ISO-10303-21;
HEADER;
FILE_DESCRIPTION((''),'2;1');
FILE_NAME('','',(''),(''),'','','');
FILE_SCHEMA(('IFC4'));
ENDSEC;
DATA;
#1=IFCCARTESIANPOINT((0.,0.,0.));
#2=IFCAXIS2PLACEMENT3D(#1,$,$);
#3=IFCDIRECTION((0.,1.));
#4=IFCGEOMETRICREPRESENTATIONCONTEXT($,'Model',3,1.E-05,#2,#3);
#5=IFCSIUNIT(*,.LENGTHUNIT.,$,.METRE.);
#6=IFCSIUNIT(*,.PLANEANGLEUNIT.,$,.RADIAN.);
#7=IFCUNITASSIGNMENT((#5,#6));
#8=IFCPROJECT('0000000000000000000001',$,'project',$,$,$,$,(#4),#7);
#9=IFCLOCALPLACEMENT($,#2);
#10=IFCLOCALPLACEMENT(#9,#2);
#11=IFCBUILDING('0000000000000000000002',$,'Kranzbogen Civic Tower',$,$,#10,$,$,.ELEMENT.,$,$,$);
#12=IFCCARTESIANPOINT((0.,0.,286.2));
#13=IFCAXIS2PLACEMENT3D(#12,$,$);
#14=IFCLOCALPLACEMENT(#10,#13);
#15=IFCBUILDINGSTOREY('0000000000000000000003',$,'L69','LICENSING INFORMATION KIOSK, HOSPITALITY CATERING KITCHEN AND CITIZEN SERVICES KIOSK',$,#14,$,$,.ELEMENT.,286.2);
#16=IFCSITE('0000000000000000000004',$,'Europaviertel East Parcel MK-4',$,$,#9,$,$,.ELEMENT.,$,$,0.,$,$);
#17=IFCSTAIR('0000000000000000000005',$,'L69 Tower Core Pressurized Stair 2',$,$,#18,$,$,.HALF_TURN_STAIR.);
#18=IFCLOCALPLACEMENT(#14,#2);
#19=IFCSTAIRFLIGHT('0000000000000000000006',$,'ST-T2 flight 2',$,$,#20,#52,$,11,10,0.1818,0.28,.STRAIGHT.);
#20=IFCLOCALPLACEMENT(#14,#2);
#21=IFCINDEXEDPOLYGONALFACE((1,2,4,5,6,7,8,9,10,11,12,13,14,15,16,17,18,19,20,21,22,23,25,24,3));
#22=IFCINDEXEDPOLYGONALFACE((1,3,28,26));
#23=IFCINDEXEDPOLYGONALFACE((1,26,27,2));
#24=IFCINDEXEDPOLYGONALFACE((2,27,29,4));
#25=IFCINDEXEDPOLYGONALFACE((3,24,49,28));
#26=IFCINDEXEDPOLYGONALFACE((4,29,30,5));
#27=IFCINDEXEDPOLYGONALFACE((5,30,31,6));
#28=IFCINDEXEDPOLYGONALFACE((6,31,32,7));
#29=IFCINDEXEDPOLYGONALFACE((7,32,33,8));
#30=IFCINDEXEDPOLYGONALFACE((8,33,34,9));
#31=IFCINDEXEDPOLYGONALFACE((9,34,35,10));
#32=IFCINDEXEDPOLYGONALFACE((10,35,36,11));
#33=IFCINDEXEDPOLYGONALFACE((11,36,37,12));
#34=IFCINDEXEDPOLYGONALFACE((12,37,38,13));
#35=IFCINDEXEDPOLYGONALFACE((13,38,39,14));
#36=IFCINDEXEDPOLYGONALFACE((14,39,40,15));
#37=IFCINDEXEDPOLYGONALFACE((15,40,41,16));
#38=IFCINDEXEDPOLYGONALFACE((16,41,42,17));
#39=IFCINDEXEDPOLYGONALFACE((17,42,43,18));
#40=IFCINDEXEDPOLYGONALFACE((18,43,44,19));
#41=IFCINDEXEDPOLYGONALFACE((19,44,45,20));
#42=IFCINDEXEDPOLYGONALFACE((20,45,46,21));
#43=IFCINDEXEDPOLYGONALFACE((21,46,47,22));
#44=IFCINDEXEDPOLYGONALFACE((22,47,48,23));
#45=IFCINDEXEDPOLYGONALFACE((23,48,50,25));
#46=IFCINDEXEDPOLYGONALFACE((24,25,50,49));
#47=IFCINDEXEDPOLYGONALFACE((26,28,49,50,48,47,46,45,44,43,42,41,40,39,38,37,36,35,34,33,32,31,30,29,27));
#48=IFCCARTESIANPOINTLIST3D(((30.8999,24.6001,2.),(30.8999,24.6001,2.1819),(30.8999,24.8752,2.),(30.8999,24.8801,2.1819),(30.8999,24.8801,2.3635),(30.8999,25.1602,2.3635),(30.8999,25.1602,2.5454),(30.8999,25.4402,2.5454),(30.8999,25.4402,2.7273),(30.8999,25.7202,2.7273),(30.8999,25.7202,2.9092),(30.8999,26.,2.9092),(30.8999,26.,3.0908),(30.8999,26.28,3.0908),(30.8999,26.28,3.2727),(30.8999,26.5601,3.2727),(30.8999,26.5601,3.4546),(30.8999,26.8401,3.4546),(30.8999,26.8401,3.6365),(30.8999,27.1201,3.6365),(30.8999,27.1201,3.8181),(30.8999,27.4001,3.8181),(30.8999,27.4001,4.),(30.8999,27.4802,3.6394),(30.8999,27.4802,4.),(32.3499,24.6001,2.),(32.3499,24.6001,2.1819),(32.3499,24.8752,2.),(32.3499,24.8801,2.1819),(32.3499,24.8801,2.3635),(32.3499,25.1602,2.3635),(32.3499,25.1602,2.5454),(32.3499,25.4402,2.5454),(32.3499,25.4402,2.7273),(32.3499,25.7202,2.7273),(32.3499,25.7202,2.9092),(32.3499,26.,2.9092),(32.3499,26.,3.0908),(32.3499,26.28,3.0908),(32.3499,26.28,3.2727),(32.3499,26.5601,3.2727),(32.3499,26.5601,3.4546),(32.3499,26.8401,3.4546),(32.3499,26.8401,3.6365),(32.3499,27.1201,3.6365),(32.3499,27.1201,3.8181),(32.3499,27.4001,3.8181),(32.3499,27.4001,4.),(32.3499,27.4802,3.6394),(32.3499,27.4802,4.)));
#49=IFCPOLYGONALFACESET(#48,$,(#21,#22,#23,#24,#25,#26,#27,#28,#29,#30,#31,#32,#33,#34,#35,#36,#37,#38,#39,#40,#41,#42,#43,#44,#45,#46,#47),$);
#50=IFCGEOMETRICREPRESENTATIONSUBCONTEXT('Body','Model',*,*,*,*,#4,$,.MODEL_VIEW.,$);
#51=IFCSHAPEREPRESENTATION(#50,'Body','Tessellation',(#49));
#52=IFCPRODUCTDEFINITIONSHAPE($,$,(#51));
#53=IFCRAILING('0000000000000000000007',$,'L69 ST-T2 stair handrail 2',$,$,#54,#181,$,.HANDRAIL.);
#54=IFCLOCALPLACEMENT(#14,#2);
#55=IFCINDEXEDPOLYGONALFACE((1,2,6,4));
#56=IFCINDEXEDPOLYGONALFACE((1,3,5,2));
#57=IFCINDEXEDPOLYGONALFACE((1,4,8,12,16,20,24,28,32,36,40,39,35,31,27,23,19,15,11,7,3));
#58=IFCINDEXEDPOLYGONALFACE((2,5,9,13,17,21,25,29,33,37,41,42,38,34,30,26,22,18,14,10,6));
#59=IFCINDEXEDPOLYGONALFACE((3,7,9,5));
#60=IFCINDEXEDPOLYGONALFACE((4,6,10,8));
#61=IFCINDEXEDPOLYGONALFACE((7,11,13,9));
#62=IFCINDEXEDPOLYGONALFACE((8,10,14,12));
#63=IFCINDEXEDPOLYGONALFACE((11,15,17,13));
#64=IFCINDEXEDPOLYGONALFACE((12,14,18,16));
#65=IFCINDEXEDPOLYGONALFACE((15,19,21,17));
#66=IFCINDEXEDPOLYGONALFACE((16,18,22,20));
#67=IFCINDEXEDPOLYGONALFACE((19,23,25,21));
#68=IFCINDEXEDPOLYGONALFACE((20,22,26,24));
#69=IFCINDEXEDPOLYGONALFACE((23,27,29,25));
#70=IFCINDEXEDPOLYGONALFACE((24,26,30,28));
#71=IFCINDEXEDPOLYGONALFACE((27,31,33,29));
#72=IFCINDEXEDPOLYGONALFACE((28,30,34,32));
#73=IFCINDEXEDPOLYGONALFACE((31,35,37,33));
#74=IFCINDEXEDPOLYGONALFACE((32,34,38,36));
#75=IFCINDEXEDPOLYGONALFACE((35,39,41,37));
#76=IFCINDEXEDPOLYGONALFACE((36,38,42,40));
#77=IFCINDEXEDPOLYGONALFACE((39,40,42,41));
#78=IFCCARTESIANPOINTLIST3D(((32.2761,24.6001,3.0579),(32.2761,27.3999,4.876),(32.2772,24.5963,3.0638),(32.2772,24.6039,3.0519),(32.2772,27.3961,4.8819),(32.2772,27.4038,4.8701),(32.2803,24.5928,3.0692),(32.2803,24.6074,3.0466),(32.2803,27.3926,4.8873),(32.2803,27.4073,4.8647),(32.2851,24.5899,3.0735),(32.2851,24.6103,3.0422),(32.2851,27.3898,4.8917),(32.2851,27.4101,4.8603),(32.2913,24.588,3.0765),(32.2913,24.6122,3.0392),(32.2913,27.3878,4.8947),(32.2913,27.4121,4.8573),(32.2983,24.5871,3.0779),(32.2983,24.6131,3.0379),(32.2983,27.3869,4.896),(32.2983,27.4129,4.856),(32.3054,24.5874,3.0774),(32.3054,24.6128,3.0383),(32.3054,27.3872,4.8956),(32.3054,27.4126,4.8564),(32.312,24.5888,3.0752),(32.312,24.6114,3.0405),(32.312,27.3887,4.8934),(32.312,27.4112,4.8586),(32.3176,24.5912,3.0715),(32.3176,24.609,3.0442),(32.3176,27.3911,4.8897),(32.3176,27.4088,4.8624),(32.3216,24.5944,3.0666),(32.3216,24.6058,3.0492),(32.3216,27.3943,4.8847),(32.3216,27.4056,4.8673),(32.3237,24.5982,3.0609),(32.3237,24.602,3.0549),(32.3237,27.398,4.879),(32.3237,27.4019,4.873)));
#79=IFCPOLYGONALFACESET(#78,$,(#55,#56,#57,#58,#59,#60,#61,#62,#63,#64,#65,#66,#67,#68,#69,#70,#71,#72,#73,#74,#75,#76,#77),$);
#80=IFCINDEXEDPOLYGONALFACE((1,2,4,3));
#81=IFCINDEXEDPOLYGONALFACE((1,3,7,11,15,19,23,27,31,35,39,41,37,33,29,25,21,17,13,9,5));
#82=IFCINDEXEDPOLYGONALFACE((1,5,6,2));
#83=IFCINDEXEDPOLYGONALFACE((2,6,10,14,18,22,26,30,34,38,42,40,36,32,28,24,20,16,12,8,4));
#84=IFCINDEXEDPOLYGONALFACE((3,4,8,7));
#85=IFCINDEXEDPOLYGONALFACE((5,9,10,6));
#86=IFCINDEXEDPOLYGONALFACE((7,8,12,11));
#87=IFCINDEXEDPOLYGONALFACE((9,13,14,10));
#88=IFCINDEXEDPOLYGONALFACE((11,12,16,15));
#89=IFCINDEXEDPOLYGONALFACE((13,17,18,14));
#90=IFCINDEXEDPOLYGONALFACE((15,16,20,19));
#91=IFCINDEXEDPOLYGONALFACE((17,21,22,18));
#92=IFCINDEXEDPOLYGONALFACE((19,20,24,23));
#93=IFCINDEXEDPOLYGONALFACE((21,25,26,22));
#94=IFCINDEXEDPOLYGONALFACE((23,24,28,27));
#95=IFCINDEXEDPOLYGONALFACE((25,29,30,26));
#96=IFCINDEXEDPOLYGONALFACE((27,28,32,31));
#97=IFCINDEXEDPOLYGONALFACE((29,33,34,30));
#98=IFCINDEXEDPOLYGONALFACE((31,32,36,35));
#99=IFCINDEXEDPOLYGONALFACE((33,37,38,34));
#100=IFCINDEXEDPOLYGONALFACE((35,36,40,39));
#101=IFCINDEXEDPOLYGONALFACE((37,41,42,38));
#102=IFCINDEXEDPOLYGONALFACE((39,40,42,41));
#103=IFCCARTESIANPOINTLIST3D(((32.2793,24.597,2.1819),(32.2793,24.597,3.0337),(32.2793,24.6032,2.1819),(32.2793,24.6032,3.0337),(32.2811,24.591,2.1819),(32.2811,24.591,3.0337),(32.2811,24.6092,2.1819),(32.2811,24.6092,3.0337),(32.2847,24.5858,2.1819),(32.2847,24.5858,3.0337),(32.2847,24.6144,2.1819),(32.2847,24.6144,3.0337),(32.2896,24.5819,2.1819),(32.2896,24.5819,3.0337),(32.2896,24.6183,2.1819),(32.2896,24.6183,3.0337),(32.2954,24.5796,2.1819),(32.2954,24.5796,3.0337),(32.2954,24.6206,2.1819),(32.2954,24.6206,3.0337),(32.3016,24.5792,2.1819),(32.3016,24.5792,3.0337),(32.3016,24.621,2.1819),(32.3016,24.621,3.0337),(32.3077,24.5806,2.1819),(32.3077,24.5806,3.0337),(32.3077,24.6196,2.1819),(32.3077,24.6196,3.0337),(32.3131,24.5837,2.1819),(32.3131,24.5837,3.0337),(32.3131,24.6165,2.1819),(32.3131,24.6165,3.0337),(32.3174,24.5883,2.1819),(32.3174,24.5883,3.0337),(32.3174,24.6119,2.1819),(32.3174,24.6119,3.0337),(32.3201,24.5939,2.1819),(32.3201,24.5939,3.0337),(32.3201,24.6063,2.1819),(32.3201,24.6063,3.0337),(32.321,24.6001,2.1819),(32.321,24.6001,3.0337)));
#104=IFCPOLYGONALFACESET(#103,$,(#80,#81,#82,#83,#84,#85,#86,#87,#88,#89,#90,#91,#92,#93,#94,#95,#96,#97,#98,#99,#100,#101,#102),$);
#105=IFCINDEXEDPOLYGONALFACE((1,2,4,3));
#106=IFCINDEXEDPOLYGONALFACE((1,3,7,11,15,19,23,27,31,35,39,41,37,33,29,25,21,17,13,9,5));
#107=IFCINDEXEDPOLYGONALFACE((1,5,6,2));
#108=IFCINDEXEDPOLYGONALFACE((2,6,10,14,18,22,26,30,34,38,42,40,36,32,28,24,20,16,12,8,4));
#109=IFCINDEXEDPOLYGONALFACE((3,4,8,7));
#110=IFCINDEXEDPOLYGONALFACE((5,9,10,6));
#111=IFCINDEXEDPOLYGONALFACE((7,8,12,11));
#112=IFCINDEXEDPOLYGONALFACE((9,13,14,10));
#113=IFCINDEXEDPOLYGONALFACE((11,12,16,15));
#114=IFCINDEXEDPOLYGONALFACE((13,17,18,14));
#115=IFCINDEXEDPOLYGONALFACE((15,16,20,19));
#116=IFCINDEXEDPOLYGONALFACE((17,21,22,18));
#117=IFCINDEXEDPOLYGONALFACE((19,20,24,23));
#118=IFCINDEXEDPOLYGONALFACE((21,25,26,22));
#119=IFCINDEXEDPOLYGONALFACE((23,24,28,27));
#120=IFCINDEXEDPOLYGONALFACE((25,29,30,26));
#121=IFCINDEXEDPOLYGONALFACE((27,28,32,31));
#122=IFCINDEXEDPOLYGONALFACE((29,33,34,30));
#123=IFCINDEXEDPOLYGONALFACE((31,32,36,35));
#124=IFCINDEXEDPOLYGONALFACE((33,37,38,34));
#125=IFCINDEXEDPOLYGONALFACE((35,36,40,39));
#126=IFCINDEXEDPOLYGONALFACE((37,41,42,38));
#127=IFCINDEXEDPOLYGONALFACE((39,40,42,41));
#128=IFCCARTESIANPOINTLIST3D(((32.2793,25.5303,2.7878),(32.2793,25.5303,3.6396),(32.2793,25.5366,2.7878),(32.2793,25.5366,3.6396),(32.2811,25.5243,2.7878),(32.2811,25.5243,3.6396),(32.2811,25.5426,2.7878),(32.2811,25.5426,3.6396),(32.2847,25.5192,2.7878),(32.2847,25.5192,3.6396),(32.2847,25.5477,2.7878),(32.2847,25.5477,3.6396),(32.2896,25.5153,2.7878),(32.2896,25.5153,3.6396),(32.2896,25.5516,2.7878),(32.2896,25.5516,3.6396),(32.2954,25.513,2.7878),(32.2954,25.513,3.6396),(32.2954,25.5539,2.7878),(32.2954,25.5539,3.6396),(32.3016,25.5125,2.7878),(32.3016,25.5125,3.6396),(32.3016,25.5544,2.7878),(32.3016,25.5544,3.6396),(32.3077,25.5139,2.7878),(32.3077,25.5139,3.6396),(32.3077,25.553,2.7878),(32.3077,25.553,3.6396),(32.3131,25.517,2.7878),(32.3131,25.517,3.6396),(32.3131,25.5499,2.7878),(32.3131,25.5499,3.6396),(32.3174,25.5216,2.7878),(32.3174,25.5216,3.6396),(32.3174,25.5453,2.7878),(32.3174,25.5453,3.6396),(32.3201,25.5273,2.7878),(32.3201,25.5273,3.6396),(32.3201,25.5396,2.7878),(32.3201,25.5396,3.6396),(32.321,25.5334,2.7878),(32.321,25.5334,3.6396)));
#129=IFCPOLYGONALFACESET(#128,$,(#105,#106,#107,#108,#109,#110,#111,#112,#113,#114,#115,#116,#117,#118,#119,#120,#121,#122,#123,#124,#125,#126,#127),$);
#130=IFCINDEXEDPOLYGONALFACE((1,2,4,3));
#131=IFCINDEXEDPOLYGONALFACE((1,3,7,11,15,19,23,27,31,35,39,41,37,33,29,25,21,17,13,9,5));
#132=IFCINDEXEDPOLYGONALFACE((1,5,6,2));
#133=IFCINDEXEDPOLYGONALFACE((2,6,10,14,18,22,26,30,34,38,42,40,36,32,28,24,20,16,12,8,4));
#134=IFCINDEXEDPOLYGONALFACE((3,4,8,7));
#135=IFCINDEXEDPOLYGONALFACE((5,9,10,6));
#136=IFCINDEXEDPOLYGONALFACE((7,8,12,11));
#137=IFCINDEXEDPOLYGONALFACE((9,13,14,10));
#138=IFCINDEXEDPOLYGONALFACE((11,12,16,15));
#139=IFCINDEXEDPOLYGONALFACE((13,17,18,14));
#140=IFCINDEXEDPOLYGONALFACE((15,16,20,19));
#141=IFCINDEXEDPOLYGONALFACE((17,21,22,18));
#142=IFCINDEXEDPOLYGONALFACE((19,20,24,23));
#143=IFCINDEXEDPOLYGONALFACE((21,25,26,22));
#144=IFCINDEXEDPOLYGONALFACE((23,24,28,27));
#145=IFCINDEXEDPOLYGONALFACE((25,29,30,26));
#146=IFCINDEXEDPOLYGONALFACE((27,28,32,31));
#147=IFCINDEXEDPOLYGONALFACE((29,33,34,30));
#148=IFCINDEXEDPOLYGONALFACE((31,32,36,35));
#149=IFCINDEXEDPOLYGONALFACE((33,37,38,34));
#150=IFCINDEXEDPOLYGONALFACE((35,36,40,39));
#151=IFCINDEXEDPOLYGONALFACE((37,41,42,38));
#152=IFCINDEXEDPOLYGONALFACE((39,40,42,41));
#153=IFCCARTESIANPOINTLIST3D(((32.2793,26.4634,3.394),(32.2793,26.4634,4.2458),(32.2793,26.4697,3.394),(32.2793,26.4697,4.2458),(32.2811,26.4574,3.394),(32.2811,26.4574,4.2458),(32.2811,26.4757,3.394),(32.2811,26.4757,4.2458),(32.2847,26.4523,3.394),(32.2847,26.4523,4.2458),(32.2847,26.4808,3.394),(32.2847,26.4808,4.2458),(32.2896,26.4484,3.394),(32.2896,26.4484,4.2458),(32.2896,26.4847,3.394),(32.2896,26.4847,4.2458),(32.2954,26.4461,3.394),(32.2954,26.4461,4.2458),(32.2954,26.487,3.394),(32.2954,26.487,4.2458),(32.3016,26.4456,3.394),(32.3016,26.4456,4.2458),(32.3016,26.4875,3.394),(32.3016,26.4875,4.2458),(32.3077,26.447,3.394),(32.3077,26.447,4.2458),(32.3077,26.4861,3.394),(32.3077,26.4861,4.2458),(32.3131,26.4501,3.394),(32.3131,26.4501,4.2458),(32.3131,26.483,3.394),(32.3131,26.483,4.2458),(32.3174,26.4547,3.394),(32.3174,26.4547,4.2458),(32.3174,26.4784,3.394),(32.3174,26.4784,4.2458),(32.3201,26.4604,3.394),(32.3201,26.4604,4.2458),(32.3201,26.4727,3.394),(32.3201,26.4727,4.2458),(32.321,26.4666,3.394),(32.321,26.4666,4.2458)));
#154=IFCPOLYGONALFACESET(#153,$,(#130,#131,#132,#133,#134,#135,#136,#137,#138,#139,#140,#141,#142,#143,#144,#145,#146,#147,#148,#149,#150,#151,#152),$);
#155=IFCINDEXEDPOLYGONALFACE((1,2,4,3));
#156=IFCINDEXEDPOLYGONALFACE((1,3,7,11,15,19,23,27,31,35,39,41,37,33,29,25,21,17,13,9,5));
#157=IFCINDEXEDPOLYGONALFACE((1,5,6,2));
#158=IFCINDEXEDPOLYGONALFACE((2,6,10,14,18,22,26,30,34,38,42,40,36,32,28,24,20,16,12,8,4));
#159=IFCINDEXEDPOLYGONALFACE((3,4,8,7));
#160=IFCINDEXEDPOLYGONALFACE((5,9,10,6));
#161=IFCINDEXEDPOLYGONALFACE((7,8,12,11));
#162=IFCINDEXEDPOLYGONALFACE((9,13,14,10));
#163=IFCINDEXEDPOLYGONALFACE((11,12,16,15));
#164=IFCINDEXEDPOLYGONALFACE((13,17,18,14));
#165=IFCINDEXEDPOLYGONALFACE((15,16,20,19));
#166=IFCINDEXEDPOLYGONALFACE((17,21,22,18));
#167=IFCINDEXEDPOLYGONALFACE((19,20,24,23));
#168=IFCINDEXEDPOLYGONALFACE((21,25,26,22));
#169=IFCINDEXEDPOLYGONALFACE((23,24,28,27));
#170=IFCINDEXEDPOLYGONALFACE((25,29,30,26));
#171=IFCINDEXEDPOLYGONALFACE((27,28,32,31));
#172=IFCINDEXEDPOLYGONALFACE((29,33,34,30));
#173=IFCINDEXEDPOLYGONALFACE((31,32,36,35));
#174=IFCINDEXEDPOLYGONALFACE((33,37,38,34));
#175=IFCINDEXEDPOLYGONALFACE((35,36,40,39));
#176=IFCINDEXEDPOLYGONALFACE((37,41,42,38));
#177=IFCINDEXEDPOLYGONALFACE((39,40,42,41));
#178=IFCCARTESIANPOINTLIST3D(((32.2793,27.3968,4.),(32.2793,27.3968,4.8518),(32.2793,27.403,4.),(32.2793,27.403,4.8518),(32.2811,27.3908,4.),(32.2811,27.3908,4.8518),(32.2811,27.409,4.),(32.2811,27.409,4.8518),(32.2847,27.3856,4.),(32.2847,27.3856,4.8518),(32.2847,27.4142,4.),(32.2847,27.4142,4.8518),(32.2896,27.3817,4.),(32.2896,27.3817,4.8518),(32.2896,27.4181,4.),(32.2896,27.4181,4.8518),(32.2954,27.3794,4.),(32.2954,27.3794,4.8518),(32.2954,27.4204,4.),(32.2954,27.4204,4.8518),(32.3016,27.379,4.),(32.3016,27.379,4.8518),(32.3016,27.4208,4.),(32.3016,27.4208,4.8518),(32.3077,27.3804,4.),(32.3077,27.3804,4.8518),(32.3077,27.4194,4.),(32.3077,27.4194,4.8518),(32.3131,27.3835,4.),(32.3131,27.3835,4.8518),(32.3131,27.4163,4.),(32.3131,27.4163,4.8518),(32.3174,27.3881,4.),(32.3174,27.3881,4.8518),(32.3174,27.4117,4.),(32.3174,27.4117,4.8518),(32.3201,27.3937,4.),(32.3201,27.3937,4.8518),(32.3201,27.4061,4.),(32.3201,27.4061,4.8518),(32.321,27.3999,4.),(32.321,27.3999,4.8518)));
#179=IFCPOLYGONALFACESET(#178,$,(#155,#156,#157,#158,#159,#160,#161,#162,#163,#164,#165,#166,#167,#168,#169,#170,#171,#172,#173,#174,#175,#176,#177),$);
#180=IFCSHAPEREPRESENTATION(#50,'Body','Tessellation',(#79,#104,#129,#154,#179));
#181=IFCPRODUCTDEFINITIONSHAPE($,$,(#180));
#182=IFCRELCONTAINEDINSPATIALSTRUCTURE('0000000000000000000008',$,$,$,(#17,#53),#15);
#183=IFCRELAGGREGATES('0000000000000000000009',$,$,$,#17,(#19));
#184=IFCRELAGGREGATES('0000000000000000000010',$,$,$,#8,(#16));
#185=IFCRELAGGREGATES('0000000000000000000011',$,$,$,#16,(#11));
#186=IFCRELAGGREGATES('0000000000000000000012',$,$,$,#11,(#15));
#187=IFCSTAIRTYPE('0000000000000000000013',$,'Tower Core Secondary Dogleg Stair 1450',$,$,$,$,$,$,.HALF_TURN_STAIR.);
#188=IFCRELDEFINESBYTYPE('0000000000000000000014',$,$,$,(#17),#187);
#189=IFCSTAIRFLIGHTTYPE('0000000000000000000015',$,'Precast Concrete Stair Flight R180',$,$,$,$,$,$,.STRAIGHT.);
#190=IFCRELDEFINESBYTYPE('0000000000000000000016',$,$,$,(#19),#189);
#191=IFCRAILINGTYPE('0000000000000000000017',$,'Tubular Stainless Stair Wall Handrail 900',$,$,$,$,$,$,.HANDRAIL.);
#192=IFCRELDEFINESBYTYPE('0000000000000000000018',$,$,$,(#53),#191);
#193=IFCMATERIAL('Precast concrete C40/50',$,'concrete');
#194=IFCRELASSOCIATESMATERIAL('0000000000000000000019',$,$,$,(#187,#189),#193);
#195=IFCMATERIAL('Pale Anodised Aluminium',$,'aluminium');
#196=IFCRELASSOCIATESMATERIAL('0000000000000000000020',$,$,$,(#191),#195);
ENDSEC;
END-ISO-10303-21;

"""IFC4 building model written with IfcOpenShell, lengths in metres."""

from ifc_helpers import new_model, si_unit, direction, frame, origin, origin_2d, place, context, subcontext, project, spatial, polyline, circle, outline, extrude, material, type_object, element, aggregate, save


model = new_model("IFC4")

# Units and contexts
model_context = context("Model", 3, precision=1e-05, world=origin(), true_north=direction((0.0, 1.0)))
body_context = subcontext(model_context, "Body", "Model", "MODEL_VIEW")
ifc_project = project(units=[si_unit("LENGTHUNIT", "METRE"), si_unit("PLANEANGLEUNIT", "RADIAN")], contexts=[model_context])

# Site, building, storey
site_placement = place(None, origin())
site = spatial("IfcSite", under=ifc_project, at=site_placement, Name="Europaviertel East Parcel MK-4", CompositionType="ELEMENT", RefElevation=0.0)
building_placement = place(site_placement, origin())
building = spatial("IfcBuilding", under=site, at=building_placement, Name="Kranzbogen Civic Tower", CompositionType="ELEMENT")
storey_placement = place(building_placement, frame((0.0, 0.0, 286.2)))
storey = spatial("IfcBuildingStorey", under=building, at=storey_placement, Name="L69", Description="LICENSING INFORMATION KIOSK, HOSPITALITY CATERING KITCHEN AND CITIZEN SERVICES KIOSK", CompositionType="ELEMENT", Elevation=286.2)

# Shared definitions
ifc_material_1 = material(Name="Pale Anodised Aluminium", Category="aluminium")

# Stair, stair flight
ifc_material_2 = material(Name="Precast concrete C40/50", Category="concrete")
stair_type = type_object("IfcStairType", Name="Tower Core Secondary Dogleg Stair 1450", PredefinedType="HALF_TURN_STAIR", material=ifc_material_2)
stair_placement = place(storey_placement, origin())
stair = element("IfcStair", 1, at=stair_placement, inside=storey, type_object=stair_type, Name="L69 Tower Core Pressurized Stair 2", PredefinedType="HALF_TURN_STAIR")
stair_flight_type = type_object("IfcStairFlightType", Name="Precast Concrete Stair Flight R180", PredefinedType="STRAIGHT", material=ifc_material_2)
stair_flight_placement = place(storey_placement, frame((31.625, 24.6001, 2.0), z_axis=(0.0, 0.0, 1.0), x_axis=(0.0, 1.0, 0.0)))
stair_flight = element("IfcStairFlight", 2, at=stair_flight_placement, type_object=stair_flight_type, Name="ST-T2 flight 2", NumberOfRisers=11, NumberOfTreads=10, PredefinedType="STRAIGHT", RiserHeight=0.1818, TreadLength=0.28, context=body_context, shape_type="SweptSolid", body=[
    extrude(outline(polyline([(0.0, 0.0), (0.0, 0.1819), (0.28, 0.1819), (0.28, 0.3635), (0.5601, 0.3635), (0.5601, 0.5454), (0.8401, 0.5454), (0.8401, 0.7273), (1.1201, 0.7273), (1.1201, 0.9092), (1.3999, 0.9092), (1.3999, 1.0908), (1.6799, 1.0908), (1.6799, 1.2727), (1.96, 1.2727), (1.96, 1.4546), (2.24, 1.4546), (2.24, 1.6365), (2.52, 1.6365), (2.52, 1.8181), (2.8, 1.8181), (2.8, 2.0), (2.8801, 2.0), (2.8801, 1.6394), (0.2751, 0.0), (0.0, 0.0)])), frame((0.0, 0.7251, 0.0), z_axis=(0.0, -1.0, 0.0), x_axis=(1.0, 0.0, 0.0)), (0.0, 0.0, 1.0), 1.45),
])
aggregate(stair, [stair_flight])

# Railing
railing_type = type_object("IfcRailingType", Name="Tubular Stainless Stair Wall Handrail 900", PredefinedType="HANDRAIL", material=ifc_material_1)
railing_placement = place(storey_placement, frame((32.3, 24.6001, 2.1819)))
element("IfcRailing", 3, at=railing_placement, inside=storey, type_object=railing_type, Name="L69 ST-T2 stair handrail 2", PredefinedType="HANDRAIL", context=body_context, shape_type="SweptSolid", body=[
    extrude(circle(Radius=0.0239, at=origin_2d()), frame((0.0, 0.0, 0.876), z_axis=(0.0, 0.838684, 0.544618), x_axis=(-1.0, 0.0, 0.0)), (0.0, 0.0, 1.0), 3.3384),
    extrude(circle(Radius=0.021, at=origin_2d()), origin(), (0.0, 0.0, 1.0), 0.8518),
    extrude(circle(Radius=0.021, at=origin_2d()), frame((0.0, 0.9333, 0.606)), (0.0, 0.0, 1.0), 0.8518),
    extrude(circle(Radius=0.021, at=origin_2d()), frame((0.0, 1.8665, 1.2122)), (0.0, 0.0, 1.0), 0.8518),
    extrude(circle(Radius=0.021, at=origin_2d()), frame((0.0, 2.7998, 1.8181)), (0.0, 0.0, 1.0), 0.8518),
])

save(model, "model.ifc")
